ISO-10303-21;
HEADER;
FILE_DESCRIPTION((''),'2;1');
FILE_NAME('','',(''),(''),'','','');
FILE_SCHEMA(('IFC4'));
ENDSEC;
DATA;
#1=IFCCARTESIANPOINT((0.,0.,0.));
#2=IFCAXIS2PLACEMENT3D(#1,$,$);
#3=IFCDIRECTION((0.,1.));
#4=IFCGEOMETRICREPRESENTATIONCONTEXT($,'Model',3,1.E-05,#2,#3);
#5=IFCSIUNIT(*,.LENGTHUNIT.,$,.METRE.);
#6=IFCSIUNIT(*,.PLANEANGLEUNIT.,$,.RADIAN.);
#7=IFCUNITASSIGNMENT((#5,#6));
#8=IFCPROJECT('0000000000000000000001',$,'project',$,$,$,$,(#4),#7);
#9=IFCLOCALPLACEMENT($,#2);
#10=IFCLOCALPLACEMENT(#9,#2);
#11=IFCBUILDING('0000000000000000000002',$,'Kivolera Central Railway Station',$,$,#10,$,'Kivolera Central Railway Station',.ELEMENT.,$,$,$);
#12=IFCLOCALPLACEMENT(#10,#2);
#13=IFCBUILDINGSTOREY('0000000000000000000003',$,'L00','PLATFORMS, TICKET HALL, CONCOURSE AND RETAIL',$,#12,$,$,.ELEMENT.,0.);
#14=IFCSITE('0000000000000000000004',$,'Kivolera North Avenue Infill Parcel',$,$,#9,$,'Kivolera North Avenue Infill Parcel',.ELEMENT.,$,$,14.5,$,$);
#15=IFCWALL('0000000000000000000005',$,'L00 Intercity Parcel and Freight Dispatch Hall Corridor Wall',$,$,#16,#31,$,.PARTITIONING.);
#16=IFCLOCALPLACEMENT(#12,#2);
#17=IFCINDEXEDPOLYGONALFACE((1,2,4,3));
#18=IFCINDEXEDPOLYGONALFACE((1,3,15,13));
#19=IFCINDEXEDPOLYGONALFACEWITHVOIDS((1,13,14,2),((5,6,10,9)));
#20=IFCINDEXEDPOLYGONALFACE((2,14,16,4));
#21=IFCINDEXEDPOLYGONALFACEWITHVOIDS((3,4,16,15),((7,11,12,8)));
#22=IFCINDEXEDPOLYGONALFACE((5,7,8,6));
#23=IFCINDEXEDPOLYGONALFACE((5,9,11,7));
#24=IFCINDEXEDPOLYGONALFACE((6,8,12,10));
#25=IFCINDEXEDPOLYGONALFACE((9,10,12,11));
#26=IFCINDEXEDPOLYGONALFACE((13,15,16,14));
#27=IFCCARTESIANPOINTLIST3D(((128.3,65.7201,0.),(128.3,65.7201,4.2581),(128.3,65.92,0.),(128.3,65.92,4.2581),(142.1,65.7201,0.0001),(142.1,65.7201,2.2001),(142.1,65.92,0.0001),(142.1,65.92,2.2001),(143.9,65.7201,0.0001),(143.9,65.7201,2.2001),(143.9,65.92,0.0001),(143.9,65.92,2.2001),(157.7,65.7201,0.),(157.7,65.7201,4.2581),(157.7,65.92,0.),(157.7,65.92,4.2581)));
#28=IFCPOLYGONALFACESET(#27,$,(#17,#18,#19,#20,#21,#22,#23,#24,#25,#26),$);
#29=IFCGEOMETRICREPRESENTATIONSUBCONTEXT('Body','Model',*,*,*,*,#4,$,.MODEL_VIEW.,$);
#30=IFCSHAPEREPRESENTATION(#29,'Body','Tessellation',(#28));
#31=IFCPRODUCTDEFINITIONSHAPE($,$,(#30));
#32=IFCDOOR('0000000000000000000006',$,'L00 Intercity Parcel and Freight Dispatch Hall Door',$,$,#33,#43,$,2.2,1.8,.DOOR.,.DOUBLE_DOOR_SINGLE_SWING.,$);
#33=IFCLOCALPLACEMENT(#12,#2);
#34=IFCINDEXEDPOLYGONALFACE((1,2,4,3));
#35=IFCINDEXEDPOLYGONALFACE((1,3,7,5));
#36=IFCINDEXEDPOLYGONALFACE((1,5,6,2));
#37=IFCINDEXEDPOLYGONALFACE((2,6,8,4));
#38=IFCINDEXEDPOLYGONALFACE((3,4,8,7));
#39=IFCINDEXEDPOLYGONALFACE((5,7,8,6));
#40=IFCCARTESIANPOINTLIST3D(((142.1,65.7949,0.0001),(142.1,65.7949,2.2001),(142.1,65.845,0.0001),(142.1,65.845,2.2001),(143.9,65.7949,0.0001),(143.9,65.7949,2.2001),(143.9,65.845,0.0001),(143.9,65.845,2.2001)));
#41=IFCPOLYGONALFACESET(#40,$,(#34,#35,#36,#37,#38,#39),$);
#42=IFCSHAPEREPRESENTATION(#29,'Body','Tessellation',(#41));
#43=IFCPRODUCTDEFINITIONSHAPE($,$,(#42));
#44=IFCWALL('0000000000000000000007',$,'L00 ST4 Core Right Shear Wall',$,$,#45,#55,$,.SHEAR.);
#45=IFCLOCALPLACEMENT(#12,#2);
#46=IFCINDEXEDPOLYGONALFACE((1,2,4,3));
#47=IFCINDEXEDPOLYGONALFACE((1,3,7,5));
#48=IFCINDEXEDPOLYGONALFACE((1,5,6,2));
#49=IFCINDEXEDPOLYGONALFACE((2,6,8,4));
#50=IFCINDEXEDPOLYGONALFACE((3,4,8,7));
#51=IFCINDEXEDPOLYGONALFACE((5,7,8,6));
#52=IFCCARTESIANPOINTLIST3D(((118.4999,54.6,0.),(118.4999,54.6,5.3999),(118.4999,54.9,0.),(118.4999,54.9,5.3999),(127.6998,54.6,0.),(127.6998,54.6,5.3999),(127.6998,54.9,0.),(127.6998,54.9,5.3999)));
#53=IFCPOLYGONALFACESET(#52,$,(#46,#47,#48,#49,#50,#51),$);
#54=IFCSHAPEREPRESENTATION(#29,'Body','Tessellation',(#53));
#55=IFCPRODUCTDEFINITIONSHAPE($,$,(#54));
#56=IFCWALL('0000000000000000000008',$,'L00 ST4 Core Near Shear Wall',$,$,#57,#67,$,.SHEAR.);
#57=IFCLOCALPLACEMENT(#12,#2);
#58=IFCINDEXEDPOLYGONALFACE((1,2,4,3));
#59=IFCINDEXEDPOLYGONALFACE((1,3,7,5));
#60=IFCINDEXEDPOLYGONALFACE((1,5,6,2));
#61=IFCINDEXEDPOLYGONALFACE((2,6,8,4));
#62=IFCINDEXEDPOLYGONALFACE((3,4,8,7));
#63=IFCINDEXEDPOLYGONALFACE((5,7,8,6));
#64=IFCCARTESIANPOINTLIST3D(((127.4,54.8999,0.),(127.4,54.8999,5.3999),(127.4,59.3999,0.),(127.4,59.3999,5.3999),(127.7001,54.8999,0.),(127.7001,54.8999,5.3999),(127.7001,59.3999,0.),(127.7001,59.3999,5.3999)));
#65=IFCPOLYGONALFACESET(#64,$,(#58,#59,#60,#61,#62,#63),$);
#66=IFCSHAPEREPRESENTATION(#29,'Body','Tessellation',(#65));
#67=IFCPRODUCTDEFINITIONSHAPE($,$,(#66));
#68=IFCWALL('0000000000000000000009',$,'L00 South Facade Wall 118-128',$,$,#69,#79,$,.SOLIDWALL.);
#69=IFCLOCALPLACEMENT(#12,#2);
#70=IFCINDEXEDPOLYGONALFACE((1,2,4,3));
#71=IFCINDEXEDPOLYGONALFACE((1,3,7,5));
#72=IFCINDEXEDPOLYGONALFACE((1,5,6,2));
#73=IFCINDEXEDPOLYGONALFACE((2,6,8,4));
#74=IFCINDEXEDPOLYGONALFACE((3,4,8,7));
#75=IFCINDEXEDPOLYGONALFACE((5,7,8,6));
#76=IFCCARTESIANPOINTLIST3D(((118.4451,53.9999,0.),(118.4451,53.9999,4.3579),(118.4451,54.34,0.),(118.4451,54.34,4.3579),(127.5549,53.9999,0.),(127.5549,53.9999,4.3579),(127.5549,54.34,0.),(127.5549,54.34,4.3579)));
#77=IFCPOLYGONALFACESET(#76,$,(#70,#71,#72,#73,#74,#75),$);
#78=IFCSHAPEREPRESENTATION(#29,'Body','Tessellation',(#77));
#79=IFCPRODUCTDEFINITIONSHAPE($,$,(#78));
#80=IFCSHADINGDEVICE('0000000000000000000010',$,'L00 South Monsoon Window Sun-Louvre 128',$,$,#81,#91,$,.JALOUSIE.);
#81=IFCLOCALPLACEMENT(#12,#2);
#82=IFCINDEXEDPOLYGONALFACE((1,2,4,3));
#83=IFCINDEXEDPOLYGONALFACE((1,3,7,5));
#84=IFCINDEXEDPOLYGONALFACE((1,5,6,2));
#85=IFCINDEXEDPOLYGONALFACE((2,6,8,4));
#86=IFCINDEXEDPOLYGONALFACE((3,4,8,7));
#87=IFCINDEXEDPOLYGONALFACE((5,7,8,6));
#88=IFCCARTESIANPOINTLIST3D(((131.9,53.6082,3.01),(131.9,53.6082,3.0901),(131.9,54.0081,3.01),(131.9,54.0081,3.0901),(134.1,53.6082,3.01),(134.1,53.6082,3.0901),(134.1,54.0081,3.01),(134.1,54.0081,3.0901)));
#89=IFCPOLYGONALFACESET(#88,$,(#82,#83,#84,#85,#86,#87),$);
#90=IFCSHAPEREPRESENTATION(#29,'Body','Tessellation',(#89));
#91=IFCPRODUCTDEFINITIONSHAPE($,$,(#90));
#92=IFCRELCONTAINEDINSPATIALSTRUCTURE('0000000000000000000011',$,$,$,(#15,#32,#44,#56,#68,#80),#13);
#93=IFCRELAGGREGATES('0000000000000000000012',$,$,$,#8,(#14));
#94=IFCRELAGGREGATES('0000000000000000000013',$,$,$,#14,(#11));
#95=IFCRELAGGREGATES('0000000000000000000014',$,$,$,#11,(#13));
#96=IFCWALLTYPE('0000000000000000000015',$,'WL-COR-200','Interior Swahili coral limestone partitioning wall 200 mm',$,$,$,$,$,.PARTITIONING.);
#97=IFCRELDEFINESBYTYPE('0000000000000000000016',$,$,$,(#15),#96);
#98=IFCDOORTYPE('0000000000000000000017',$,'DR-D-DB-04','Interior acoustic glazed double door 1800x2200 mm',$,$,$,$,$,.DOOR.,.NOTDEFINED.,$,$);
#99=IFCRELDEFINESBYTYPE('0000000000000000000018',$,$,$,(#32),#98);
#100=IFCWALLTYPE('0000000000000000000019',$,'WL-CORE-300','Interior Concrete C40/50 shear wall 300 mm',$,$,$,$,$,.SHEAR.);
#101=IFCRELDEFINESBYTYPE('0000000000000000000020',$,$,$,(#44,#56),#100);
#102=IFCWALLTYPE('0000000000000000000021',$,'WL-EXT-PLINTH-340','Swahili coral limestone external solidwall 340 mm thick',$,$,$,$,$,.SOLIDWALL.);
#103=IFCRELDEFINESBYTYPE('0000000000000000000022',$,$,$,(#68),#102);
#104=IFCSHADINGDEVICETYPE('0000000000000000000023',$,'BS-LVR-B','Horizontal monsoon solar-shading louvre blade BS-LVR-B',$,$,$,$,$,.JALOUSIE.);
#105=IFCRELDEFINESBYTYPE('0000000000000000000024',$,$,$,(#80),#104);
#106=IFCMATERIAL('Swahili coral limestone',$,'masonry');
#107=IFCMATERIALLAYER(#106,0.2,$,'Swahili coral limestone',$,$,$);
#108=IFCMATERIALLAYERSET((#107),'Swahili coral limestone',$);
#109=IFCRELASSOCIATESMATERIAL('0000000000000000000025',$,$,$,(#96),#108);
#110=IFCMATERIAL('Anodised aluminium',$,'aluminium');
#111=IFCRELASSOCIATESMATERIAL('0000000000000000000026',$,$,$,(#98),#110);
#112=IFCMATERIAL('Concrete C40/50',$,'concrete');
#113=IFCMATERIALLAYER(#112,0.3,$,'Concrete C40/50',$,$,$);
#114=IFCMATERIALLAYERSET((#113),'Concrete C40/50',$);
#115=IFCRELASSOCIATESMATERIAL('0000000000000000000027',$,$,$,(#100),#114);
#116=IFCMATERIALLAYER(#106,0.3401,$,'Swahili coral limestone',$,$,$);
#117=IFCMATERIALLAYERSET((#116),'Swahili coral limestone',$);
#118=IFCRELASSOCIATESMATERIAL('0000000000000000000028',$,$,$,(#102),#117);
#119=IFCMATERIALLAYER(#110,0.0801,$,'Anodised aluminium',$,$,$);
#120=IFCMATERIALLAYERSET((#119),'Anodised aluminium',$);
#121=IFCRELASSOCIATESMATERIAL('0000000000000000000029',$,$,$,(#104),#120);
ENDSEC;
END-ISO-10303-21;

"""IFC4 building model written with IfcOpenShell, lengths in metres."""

from ifc_helpers import new_model, si_unit, direction, frame, frame_2d, origin, origin_2d, place, context, subcontext, project, spatial, rectangle, extrude, material, layer, layer_set, type_object, element, fill, save


model = new_model("IFC4")

# Units and contexts
model_context = context("Model", 3, precision=1e-05, world=origin(), true_north=direction((0.0, 1.0)))
body_context = subcontext(model_context, "Body", "Model", "MODEL_VIEW")
ifc_project = project(units=[si_unit("LENGTHUNIT", "METRE"), si_unit("PLANEANGLEUNIT", "RADIAN")], contexts=[model_context])

# Site, building, storey
site_placement = place(None, origin())
site = spatial("IfcSite", under=ifc_project, at=site_placement, Name="Kivolera North Avenue Infill Parcel", LongName="Kivolera North Avenue Infill Parcel", CompositionType="ELEMENT", RefElevation=14.5)
building_placement = place(site_placement, origin())
building = spatial("IfcBuilding", under=site, at=building_placement, Name="Kivolera Central Railway Station", LongName="Kivolera Central Railway Station", CompositionType="ELEMENT")
storey_placement = place(building_placement, origin())
storey = spatial("IfcBuildingStorey", under=building, at=storey_placement, Name="L00", Description="PLATFORMS, TICKET HALL, CONCOURSE AND RETAIL", CompositionType="ELEMENT", Elevation=0.0)

# Shared definitions
ifc_material_1 = material(Name="Concrete C40/50", Category="concrete")

# Wall, opening, door
ifc_material_2 = material(Name="Swahili coral limestone", Category="masonry")
ifc_layer_1 = layer(ifc_material_2, 0.2, Name="Swahili coral limestone")
ifc_layer_set_1 = layer_set([ifc_layer_1], Name="Swahili coral limestone")
wall_type_1 = type_object("IfcWallType", Name="WL-COR-200", Description="Interior Swahili coral limestone partitioning wall 200 mm", PredefinedType="PARTITIONING", material=ifc_layer_set_1)
wall_1_placement = place(storey_placement, frame((128.3, 65.8201, 0.0), z_axis=(0.0, 0.0, 1.0), x_axis=(1.0, 0.0, 0.0)))
wall_1 = element("IfcWall", 1, at=wall_1_placement, inside=storey, type_object=wall_type_1, Name="L00 Intercity Parcel and Freight Dispatch Hall Corridor Wall", PredefinedType="PARTITIONING", context=body_context, shape_type="SweptSolid", body=[
    extrude(rectangle(XDim=29.3999, YDim=0.2, at=frame_2d((14.7, 0.0))), origin(), (0.0, 0.0, 1.0), 4.2581),
])
opening_placement = place(wall_1_placement, frame((13.8, 0.0, 0.0)))
opening = element("IfcOpeningElement", 2, at=opening_placement, cuts=wall_1, PredefinedType="OPENING", context=body_context, shape_type="SweptSolid", body=[
    extrude(rectangle(XDim=1.8, YDim=2.2, at=frame_2d((0.8999, 1.1001))), frame((0.0, 0.1099, 0.0), z_axis=(0.0, -1.0, 0.0), x_axis=(1.0, 0.0, 0.0)), (0.0, 0.0, 1.0), 0.22),
])
ifc_material_3 = material(Name="Anodised aluminium", Category="aluminium")
door_type = type_object("IfcDoorType", Name="DR-D-DB-04", Description="Interior acoustic glazed double door 1800x2200 mm", OperationType="NOTDEFINED", PredefinedType="DOOR", material=ifc_material_3)
door_placement = place(opening_placement, origin())
door = element("IfcDoor", 3, at=door_placement, inside=storey, type_object=door_type, Name="L00 Intercity Parcel and Freight Dispatch Hall Door", OperationType="DOUBLE_DOOR_SINGLE_SWING", OverallHeight=2.2, OverallWidth=1.8, PredefinedType="DOOR", context=body_context, shape_type="SweptSolid", body=[
    extrude(rectangle(XDim=1.8, YDim=2.2, at=frame_2d((0.8999, 1.1001))), frame((0.0, 0.0249, 0.0), z_axis=(0.0, -1.0, 0.0), x_axis=(1.0, 0.0, 0.0)), (0.0, 0.0, 1.0), 0.05),
])
fill(opening, door)

# Walls
ifc_layer_2 = layer(ifc_material_1, 0.3, Name="Concrete C40/50")
ifc_layer_set_2 = layer_set([ifc_layer_2], Name="Concrete C40/50")
wall_type_2 = type_object("IfcWallType", Name="WL-CORE-300", Description="Interior Concrete C40/50 shear wall 300 mm", PredefinedType="SHEAR", material=ifc_layer_set_2)
wall_2_placement = place(storey_placement, frame((127.7, 54.75, 0.0), z_axis=(0.0, 0.0, 1.0), x_axis=(-1.0, 0.0, 0.0)))
element("IfcWall", 4, at=wall_2_placement, inside=storey, type_object=wall_type_2, Name="L00 ST4 Core Right Shear Wall", PredefinedType="SHEAR", context=body_context, shape_type="SweptSolid", body=[
    extrude(rectangle(XDim=9.2, YDim=0.3, at=frame_2d((4.6001, 0.0))), origin(), (0.0, 0.0, 1.0), 5.3999),
])
wall_3_placement = place(storey_placement, frame((127.55, 59.3999, 0.0), z_axis=(0.0, 0.0, 1.0), x_axis=(0.0, -1.0, 0.0)))
element("IfcWall", 5, at=wall_3_placement, inside=storey, type_object=wall_type_2, Name="L00 ST4 Core Near Shear Wall", PredefinedType="SHEAR", context=body_context, shape_type="SweptSolid", body=[
    extrude(rectangle(XDim=4.5, YDim=0.3, at=frame_2d((2.25, 0.0))), origin(), (0.0, 0.0, 1.0), 5.3999),
])
ifc_layer_3 = layer(ifc_material_2, 0.3401, Name="Swahili coral limestone")
ifc_layer_set_3 = layer_set([ifc_layer_3], Name="Swahili coral limestone")
wall_type_3 = type_object("IfcWallType", Name="WL-EXT-PLINTH-340", Description="Swahili coral limestone external solidwall 340 mm thick", PredefinedType="SOLIDWALL", material=ifc_layer_set_3)
wall_4_placement = place(storey_placement, frame((127.5549, 54.1699, 0.0), z_axis=(0.0, 0.0, 1.0), x_axis=(-1.0, 0.0, 0.0)))
element("IfcWall", 6, at=wall_4_placement, inside=storey, type_object=wall_type_3, Name="L00 South Facade Wall 118-128", PredefinedType="SOLIDWALL", context=body_context, shape_type="SweptSolid", body=[
    extrude(rectangle(XDim=9.1099, YDim=0.3401, at=frame_2d((4.5549, 0.0))), origin(), (0.0, 0.0, 1.0), 4.3579),
])

# Shading device
ifc_layer_4 = layer(ifc_material_3, 0.0801, Name="Anodised aluminium")
ifc_layer_set_4 = layer_set([ifc_layer_4], Name="Anodised aluminium")
shading_device_type = type_object("IfcShadingDeviceType", Name="BS-LVR-B", Description="Horizontal monsoon solar-shading louvre blade BS-LVR-B", PredefinedType="JALOUSIE", material=ifc_layer_set_4)
shading_device_placement = place(storey_placement, frame((133.0, 53.8081, 3.01), z_axis=(0.0, 0.0, 1.0), x_axis=(1.0, 0.0, 0.0)))
element("IfcShadingDevice", 7, at=shading_device_placement, inside=storey, type_object=shading_device_type, Name="L00 South Monsoon Window Sun-Louvre 128", PredefinedType="JALOUSIE", context=body_context, shape_type="SweptSolid", body=[
    extrude(rectangle(XDim=2.2, YDim=0.3999, at=origin_2d()), origin(), (0.0, 0.0, 1.0), 0.0801),
])

save(model, "model.ifc")
